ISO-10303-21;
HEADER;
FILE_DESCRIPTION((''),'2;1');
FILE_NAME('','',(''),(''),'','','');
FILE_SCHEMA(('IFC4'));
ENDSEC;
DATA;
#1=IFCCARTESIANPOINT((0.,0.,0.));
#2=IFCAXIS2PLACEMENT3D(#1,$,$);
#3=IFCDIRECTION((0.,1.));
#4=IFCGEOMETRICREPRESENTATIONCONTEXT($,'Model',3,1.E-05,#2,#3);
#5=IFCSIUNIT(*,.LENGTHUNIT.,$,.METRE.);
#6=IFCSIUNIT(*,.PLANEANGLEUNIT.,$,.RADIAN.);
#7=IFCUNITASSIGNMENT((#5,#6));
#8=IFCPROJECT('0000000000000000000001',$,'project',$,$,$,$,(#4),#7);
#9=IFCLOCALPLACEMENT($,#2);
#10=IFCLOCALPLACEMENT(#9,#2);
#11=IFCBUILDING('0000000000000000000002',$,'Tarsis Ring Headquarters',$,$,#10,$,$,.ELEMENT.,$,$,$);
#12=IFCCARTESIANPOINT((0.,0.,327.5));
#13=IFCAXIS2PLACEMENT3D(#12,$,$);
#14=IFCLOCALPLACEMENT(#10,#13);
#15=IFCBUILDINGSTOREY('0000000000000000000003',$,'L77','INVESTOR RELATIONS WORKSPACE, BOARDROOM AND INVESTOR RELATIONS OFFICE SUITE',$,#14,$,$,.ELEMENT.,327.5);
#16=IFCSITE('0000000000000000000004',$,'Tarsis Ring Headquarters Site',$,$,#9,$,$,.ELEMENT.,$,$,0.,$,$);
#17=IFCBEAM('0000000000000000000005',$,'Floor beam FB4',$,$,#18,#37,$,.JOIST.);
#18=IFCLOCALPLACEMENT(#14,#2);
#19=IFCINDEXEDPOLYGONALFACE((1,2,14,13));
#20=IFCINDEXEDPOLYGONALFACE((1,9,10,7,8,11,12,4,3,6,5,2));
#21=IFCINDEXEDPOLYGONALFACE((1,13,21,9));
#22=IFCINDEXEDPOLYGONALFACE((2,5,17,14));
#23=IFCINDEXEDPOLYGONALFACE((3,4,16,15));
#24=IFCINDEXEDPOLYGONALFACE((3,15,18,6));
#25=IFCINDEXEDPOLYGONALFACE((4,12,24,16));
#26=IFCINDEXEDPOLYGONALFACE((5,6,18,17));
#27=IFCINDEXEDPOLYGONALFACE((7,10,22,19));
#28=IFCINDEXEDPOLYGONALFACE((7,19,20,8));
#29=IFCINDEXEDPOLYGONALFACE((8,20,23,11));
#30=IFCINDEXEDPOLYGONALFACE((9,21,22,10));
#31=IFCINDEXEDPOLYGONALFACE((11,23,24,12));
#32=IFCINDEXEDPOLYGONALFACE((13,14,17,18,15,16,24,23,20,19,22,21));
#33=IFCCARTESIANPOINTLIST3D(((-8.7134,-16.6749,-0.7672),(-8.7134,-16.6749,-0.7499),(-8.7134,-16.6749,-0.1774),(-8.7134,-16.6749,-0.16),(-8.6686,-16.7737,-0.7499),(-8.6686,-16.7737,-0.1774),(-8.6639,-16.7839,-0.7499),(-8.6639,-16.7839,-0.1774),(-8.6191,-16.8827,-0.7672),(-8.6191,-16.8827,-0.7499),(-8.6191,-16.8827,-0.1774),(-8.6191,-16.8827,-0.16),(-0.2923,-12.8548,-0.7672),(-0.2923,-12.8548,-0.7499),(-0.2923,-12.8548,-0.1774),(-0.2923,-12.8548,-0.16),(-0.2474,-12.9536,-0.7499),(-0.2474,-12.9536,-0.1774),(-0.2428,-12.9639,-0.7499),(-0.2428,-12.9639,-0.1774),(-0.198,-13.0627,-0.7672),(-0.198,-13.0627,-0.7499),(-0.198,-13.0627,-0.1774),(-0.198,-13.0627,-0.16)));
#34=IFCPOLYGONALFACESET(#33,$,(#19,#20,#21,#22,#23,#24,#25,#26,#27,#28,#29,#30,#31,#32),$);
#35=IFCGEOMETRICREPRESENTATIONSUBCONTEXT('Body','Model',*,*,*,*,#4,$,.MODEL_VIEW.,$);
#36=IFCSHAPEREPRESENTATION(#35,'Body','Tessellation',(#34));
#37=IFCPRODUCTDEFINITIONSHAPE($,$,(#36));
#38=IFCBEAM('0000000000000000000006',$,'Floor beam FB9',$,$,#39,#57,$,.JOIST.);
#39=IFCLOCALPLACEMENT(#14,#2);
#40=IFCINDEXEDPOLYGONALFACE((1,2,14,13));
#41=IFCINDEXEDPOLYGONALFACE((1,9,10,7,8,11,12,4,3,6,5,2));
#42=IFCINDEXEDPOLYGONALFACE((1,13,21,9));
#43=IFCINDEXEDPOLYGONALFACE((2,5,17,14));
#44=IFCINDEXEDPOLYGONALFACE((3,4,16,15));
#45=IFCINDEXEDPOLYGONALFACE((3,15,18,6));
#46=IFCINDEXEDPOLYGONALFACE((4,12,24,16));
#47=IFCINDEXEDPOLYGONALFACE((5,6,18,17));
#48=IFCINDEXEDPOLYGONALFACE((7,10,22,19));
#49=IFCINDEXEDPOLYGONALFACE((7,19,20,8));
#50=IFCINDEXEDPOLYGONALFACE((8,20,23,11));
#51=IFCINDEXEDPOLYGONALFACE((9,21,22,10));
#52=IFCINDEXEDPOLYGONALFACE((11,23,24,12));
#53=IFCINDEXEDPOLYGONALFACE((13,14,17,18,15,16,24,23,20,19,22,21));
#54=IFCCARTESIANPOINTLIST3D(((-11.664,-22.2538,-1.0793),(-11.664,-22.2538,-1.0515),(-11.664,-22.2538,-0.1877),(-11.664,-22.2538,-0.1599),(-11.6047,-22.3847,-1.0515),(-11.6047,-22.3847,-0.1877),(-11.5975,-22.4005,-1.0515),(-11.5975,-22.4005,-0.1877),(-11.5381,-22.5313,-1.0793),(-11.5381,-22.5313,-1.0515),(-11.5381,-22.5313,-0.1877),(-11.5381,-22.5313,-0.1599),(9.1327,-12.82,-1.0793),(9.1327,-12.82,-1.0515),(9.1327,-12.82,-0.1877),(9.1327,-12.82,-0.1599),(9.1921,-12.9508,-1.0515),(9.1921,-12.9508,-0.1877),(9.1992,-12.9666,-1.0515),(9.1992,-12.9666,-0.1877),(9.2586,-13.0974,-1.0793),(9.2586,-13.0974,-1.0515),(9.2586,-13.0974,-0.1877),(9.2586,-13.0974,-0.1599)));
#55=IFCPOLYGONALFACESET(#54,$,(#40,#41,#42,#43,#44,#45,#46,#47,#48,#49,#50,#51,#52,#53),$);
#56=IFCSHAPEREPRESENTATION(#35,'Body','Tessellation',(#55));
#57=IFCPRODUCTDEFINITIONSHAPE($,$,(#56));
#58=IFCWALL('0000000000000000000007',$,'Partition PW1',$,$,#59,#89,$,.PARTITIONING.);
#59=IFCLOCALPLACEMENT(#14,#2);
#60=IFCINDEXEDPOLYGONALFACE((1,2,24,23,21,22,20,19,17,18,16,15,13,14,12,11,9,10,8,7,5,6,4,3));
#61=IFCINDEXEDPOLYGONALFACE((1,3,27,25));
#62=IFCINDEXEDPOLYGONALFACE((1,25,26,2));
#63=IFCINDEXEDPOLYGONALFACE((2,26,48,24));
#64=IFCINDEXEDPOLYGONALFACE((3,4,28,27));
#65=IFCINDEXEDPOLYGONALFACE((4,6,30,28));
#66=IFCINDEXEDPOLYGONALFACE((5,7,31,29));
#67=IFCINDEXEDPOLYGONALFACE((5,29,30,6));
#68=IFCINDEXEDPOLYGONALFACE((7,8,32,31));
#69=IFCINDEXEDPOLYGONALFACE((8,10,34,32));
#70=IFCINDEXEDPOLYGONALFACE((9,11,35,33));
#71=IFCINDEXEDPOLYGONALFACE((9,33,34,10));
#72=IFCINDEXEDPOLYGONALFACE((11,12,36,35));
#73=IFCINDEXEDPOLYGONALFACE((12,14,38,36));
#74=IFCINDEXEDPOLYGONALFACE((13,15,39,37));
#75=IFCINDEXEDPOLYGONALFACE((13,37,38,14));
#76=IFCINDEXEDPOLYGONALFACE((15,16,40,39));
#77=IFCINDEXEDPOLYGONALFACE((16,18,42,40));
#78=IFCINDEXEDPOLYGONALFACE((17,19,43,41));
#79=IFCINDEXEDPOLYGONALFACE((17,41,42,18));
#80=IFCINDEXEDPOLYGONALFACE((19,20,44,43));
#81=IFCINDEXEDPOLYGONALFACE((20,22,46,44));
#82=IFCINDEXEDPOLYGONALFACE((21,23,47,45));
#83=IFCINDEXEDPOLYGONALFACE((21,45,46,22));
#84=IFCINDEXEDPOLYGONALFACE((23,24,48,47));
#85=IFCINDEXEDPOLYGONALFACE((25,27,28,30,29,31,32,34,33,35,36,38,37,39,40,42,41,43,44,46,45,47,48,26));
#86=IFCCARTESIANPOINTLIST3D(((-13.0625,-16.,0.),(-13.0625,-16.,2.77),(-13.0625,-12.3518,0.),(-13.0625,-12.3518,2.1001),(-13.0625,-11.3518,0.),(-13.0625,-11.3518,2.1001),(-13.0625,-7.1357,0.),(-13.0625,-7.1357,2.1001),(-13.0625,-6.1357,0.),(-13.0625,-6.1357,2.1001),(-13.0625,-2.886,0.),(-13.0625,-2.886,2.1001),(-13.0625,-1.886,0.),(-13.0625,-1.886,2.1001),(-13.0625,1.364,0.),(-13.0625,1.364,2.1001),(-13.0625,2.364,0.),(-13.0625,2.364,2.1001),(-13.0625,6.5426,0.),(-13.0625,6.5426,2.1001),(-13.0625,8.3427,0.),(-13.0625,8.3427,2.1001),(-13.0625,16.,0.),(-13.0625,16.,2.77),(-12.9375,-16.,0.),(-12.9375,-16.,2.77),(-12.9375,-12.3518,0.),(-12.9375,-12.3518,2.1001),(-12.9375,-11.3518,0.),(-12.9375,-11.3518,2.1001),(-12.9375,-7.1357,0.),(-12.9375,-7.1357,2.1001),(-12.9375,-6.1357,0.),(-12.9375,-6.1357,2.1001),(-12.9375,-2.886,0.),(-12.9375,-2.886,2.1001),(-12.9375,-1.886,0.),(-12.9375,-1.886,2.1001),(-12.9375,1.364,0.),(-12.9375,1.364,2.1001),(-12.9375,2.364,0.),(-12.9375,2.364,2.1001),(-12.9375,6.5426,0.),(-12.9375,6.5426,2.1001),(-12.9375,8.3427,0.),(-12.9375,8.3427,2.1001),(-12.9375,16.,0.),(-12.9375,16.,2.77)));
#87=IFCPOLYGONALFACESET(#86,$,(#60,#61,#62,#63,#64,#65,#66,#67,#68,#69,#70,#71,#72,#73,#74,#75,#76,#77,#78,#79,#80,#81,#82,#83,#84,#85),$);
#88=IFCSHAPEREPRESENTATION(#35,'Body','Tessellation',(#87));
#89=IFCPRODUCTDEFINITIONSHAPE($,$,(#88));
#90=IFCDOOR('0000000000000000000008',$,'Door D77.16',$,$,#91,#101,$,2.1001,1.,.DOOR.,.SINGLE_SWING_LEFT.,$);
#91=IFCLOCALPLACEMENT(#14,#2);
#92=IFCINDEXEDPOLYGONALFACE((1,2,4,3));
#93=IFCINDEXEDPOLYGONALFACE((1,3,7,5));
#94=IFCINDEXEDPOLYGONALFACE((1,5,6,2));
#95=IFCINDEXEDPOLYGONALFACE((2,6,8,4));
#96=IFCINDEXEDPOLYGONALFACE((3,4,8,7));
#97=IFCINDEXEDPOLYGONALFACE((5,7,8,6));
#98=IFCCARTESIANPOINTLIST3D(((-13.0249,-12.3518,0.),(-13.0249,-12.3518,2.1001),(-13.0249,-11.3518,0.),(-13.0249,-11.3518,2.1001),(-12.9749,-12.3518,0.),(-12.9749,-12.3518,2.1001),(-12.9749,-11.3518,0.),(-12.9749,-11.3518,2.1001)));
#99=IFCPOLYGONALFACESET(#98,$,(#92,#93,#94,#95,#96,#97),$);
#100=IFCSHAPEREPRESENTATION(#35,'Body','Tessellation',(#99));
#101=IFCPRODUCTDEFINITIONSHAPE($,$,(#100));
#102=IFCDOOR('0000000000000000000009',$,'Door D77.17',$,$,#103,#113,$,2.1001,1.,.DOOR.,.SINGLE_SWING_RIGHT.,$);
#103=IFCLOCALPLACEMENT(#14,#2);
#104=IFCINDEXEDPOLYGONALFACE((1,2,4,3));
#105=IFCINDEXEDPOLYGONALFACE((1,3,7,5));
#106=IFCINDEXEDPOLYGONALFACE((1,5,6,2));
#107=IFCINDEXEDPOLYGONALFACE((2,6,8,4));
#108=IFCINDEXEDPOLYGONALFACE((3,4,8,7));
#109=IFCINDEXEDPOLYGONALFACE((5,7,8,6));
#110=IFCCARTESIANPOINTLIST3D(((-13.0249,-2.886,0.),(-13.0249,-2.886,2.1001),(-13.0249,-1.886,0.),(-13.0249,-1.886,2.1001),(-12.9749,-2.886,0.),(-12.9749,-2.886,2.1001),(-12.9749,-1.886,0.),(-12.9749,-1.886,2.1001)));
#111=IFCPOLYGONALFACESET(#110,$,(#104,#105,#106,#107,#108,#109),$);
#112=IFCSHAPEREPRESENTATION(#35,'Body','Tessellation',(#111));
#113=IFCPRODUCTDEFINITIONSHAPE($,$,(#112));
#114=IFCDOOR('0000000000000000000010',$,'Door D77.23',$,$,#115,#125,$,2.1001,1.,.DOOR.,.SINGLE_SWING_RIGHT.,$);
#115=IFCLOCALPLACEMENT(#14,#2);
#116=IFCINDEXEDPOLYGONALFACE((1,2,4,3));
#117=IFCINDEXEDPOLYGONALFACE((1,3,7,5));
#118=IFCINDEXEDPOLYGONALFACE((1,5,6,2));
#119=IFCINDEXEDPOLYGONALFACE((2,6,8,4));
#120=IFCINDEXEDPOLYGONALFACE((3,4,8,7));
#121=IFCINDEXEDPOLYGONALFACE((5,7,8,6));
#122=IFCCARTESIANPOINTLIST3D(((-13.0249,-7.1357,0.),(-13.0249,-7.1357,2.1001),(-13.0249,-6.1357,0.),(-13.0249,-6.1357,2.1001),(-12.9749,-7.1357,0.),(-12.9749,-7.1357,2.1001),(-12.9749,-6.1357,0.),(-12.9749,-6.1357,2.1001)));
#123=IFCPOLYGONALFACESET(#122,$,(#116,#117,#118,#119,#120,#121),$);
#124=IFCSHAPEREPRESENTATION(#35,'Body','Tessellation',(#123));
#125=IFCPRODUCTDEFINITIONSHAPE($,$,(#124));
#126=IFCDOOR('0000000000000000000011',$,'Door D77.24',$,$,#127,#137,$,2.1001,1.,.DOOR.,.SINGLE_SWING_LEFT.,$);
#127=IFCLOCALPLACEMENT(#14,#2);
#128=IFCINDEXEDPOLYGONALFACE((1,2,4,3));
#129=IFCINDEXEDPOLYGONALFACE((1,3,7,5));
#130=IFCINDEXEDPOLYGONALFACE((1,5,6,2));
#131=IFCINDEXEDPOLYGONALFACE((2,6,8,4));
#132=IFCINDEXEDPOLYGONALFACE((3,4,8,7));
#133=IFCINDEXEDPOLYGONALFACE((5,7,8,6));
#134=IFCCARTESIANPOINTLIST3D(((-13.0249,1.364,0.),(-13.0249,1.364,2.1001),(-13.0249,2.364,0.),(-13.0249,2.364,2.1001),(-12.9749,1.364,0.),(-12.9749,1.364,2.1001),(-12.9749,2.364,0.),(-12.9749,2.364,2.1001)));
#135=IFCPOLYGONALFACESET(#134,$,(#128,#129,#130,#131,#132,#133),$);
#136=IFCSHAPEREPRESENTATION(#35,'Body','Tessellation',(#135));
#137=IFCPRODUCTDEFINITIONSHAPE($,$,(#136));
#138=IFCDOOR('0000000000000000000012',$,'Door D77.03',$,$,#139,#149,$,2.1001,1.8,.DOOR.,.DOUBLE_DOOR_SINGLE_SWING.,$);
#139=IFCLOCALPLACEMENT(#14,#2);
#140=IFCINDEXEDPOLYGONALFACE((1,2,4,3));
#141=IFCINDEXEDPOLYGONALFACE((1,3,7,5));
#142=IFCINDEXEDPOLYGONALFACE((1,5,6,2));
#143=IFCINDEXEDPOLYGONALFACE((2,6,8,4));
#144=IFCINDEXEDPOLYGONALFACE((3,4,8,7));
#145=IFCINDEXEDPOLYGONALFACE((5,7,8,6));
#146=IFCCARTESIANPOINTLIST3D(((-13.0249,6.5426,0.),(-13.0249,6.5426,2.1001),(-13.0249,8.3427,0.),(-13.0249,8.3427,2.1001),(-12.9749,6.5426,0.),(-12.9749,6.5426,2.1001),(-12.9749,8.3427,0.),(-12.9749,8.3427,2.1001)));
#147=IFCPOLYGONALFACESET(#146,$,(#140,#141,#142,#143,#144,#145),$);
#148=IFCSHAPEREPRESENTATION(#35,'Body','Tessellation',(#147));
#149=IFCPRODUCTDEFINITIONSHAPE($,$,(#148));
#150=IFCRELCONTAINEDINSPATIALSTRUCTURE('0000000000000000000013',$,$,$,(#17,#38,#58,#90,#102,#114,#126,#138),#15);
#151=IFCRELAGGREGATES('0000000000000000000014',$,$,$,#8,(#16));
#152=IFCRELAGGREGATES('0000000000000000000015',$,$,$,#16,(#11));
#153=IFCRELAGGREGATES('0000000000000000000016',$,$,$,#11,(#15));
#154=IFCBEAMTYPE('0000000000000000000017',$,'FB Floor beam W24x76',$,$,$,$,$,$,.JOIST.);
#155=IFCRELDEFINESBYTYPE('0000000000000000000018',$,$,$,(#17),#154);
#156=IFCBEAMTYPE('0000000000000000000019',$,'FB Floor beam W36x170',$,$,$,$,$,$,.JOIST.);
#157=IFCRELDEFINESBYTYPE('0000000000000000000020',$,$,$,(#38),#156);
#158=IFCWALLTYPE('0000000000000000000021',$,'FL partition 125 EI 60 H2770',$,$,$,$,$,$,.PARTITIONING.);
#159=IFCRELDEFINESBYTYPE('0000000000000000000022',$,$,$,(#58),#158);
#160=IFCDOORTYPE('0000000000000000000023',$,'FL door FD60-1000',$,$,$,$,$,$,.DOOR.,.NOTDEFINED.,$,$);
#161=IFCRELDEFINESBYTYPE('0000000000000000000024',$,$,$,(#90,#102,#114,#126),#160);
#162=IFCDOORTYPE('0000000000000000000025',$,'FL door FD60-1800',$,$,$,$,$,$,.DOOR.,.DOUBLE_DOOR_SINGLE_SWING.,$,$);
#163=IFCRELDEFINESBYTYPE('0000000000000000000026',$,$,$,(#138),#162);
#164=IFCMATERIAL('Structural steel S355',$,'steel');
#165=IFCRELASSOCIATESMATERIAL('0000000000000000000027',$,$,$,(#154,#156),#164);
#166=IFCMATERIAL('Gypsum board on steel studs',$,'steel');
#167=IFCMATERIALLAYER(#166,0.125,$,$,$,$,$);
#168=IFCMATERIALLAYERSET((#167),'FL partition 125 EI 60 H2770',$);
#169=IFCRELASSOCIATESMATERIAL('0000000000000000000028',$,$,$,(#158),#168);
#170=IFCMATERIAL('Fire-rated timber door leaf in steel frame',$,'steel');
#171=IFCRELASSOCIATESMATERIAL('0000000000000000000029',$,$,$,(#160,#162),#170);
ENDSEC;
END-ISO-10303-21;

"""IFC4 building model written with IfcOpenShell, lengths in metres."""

from ifc_helpers import new_model, si_unit, direction, frame, frame_2d, origin, origin_2d, place, context, subcontext, project, spatial, rectangle, i_section, extrude, material, layer, layer_set, material_profile, profile_set, type_object, element, fill, save


model = new_model("IFC4")

# Units and contexts
model_context = context("Model", 3, precision=1e-05, world=origin(), true_north=direction((0.0, 1.0)))
body_context = subcontext(model_context, "Body", "Model", "MODEL_VIEW")
ifc_project = project(units=[si_unit("LENGTHUNIT", "METRE"), si_unit("PLANEANGLEUNIT", "RADIAN")], contexts=[model_context])

# Site, building, storey
site_placement = place(None, origin())
site = spatial("IfcSite", under=ifc_project, at=site_placement, Name="Tarsis Ring Headquarters Site", CompositionType="ELEMENT", RefElevation=0.0)
building_placement = place(site_placement, origin())
building = spatial("IfcBuilding", under=site, at=building_placement, Name="Tarsis Ring Headquarters", CompositionType="ELEMENT")
storey_placement = place(building_placement, frame((0.0, 0.0, 327.5)))
storey = spatial("IfcBuildingStorey", under=building, at=storey_placement, Name="L77", Description="INVESTOR RELATIONS WORKSPACE, BOARDROOM AND INVESTOR RELATIONS OFFICE SUITE", CompositionType="ELEMENT", Elevation=327.5)

# Beams
ifc_material_1 = material(Name="Structural steel S355", Category="steel")
ifc_material_profile_1 = material_profile(ifc_material_1, i_section(OverallWidth=0.2283, OverallDepth=0.6072, WebThickness=0.0112, FlangeThickness=0.0173, at=origin_2d()), Name="W24x76")
ifc_profile_set_1 = profile_set([ifc_material_profile_1], Name="Structural steel S355")
beam_type_1 = type_object("IfcBeamType", Name="FB Floor beam W24x76", PredefinedType="JOIST", material=ifc_profile_set_1)
beam_1_placement = place(storey_placement, frame((-8.6663, -16.7788, -0.4636), z_axis=(0.910681, 0.413111, 0.0), x_axis=(-0.413111, 0.910681, 0.0)))
element("IfcBeam", 1, at=beam_1_placement, inside=storey, type_object=beam_type_1, Name="Floor beam FB4", PredefinedType="JOIST", context=body_context, shape_type="SweptSolid", body=[
    extrude(i_section(OverallWidth=0.2283, OverallDepth=0.6072, WebThickness=0.0112, FlangeThickness=0.0173, at=origin_2d()), origin(), (0.0, 0.0, 1.0), 9.2471),
])
ifc_material_profile_2 = material_profile(ifc_material_1, i_section(OverallWidth=0.3047, OverallDepth=0.9194, WebThickness=0.0173, FlangeThickness=0.0278, at=origin_2d()), Name="W36x170")
ifc_profile_set_2 = profile_set([ifc_material_profile_2], Name="Structural steel S355")
beam_type_2 = type_object("IfcBeamType", Name="FB Floor beam W36x170", PredefinedType="JOIST", material=ifc_profile_set_2)
beam_2_placement = place(storey_placement, frame((-11.6011, -22.3926, -0.6196), z_axis=(0.910683, 0.413107, 0.0), x_axis=(-0.413107, 0.910683, 0.0)))
element("IfcBeam", 2, at=beam_2_placement, inside=storey, type_object=beam_type_2, Name="Floor beam FB9", PredefinedType="JOIST", context=body_context, shape_type="SweptSolid", body=[
    extrude(i_section(OverallWidth=0.3047, OverallDepth=0.9194, WebThickness=0.0173, FlangeThickness=0.0278, at=origin_2d()), origin(), (0.0, 0.0, 1.0), 22.8364),
])

# Wall, openings, doors
ifc_material_2 = material(Name="Gypsum board on steel studs", Category="steel")
ifc_layer = layer(ifc_material_2, 0.125)
ifc_layer_set = layer_set([ifc_layer], Name="FL partition 125 EI 60 H2770")
wall_type = type_object("IfcWallType", Name="FL partition 125 EI 60 H2770", PredefinedType="PARTITIONING", material=ifc_layer_set)
wall_1_placement = place(storey_placement, frame((-13.0, -16.0, 0.0), z_axis=(0.0, 0.0, 1.0), x_axis=(0.0, 1.0, 0.0)))
wall_1 = element("IfcWall", 3, at=wall_1_placement, inside=storey, type_object=wall_type, Name="Partition PW1", PredefinedType="PARTITIONING", context=body_context, shape_type="SweptSolid", body=[
    extrude(rectangle(XDim=32.0, YDim=0.125, at=frame_2d((16.0, 0.0))), origin(), (0.0, 0.0, 1.0), 2.77),
])
opening_1_placement = place(wall_1_placement, frame((22.5427, 0.0, 0.0)))
opening_1 = element("IfcOpeningElement", 4, at=opening_1_placement, cuts=wall_1, PredefinedType="OPENING", context=body_context, shape_type="SweptSolid", body=[
    extrude(rectangle(XDim=1.8, YDim=2.1001, at=frame_2d((0.8999, 1.05))), frame((0.0, 0.0725, 0.0), z_axis=(0.0, -1.0, 0.0), x_axis=(1.0, 0.0, 0.0)), (0.0, 0.0, 1.0), 0.145),
])
opening_2_placement = place(wall_1_placement, frame((3.6482, 0.0, 0.0)))
opening_2 = element("IfcOpeningElement", 5, at=opening_2_placement, cuts=wall_1, PredefinedType="OPENING", context=body_context, shape_type="SweptSolid", body=[
    extrude(rectangle(XDim=1.0, YDim=2.1001, at=frame_2d((0.5, 1.05))), frame((0.0, 0.0725, 0.0), z_axis=(0.0, -1.0, 0.0), x_axis=(1.0, 0.0, 0.0)), (0.0, 0.0, 1.0), 0.145),
])
opening_3_placement = place(wall_1_placement, frame((13.114, 0.0, 0.0)))
opening_3 = element("IfcOpeningElement", 6, at=opening_3_placement, cuts=wall_1, PredefinedType="OPENING", context=body_context, shape_type="SweptSolid", body=[
    extrude(rectangle(XDim=1.0, YDim=2.1001, at=frame_2d((0.5, 1.05))), frame((0.0, 0.0725, 0.0), z_axis=(0.0, -1.0, 0.0), x_axis=(1.0, 0.0, 0.0)), (0.0, 0.0, 1.0), 0.145),
])
opening_4_placement = place(wall_1_placement, frame((8.8643, 0.0, 0.0)))
opening_4 = element("IfcOpeningElement", 7, at=opening_4_placement, cuts=wall_1, PredefinedType="OPENING", context=body_context, shape_type="SweptSolid", body=[
    extrude(rectangle(XDim=1.0, YDim=2.1001, at=frame_2d((0.5, 1.05))), frame((0.0, 0.0725, 0.0), z_axis=(0.0, -1.0, 0.0), x_axis=(1.0, 0.0, 0.0)), (0.0, 0.0, 1.0), 0.145),
])
opening_5_placement = place(wall_1_placement, frame((17.364, 0.0, 0.0)))
opening_5 = element("IfcOpeningElement", 8, at=opening_5_placement, cuts=wall_1, PredefinedType="OPENING", context=body_context, shape_type="SweptSolid", body=[
    extrude(rectangle(XDim=1.0, YDim=2.1001, at=frame_2d((0.5, 1.05))), frame((0.0, 0.0725, 0.0), z_axis=(0.0, -1.0, 0.0), x_axis=(1.0, 0.0, 0.0)), (0.0, 0.0, 1.0), 0.145),
])
ifc_material_3 = material(Name="Fire-rated timber door leaf in steel frame", Category="steel")
door_type_1 = type_object("IfcDoorType", Name="FL door FD60-1000", OperationType="NOTDEFINED", PredefinedType="DOOR", material=ifc_material_3)
door_1_placement = place(opening_2_placement, origin())
door_1 = element("IfcDoor", 9, at=door_1_placement, inside=storey, type_object=door_type_1, Name="Door D77.16", OperationType="SINGLE_SWING_LEFT", OverallHeight=2.1001, OverallWidth=1.0, PredefinedType="DOOR", context=body_context, shape_type="SweptSolid", body=[
    extrude(rectangle(XDim=1.0, YDim=2.1001, at=frame_2d((0.5, 1.05))), frame((0.0, 0.0249, 0.0), z_axis=(0.0, -1.0, 0.0), x_axis=(1.0, 0.0, 0.0)), (0.0, 0.0, 1.0), 0.05),
])
fill(opening_2, door_1)
door_2_placement = place(opening_3_placement, origin())
door_2 = element("IfcDoor", 10, at=door_2_placement, inside=storey, type_object=door_type_1, Name="Door D77.17", OperationType="SINGLE_SWING_RIGHT", OverallHeight=2.1001, OverallWidth=1.0, PredefinedType="DOOR", context=body_context, shape_type="SweptSolid", body=[
    extrude(rectangle(XDim=1.0, YDim=2.1001, at=frame_2d((0.5, 1.05))), frame((0.0, 0.0249, 0.0), z_axis=(0.0, -1.0, 0.0), x_axis=(1.0, 0.0, 0.0)), (0.0, 0.0, 1.0), 0.05),
])
fill(opening_3, door_2)
door_3_placement = place(opening_4_placement, origin())
door_3 = element("IfcDoor", 11, at=door_3_placement, inside=storey, type_object=door_type_1, Name="Door D77.23", OperationType="SINGLE_SWING_RIGHT", OverallHeight=2.1001, OverallWidth=1.0, PredefinedType="DOOR", context=body_context, shape_type="SweptSolid", body=[
    extrude(rectangle(XDim=1.0, YDim=2.1001, at=frame_2d((0.5, 1.05))), frame((0.0, 0.0249, 0.0), z_axis=(0.0, -1.0, 0.0), x_axis=(1.0, 0.0, 0.0)), (0.0, 0.0, 1.0), 0.05),
])
fill(opening_4, door_3)
door_4_placement = place(opening_5_placement, origin())
door_4 = element("IfcDoor", 12, at=door_4_placement, inside=storey, type_object=door_type_1, Name="Door D77.24", OperationType="SINGLE_SWING_LEFT", OverallHeight=2.1001, OverallWidth=1.0, PredefinedType="DOOR", context=body_context, shape_type="SweptSolid", body=[
    extrude(rectangle(XDim=1.0, YDim=2.1001, at=frame_2d((0.5, 1.05))), frame((0.0, 0.0249, 0.0), z_axis=(0.0, -1.0, 0.0), x_axis=(1.0, 0.0, 0.0)), (0.0, 0.0, 1.0), 0.05),
])
fill(opening_5, door_4)
door_type_2 = type_object("IfcDoorType", Name="FL door FD60-1800", OperationType="DOUBLE_DOOR_SINGLE_SWING", PredefinedType="DOOR", material=ifc_material_3)
door_5_placement = place(opening_1_placement, origin())
door_5 = element("IfcDoor", 13, at=door_5_placement, inside=storey, type_object=door_type_2, Name="Door D77.03", OperationType="DOUBLE_DOOR_SINGLE_SWING", OverallHeight=2.1001, OverallWidth=1.8, PredefinedType="DOOR", context=body_context, shape_type="SweptSolid", body=[
    extrude(rectangle(XDim=1.8, YDim=2.1001, at=frame_2d((0.8999, 1.05))), frame((0.0, 0.0249, 0.0), z_axis=(0.0, -1.0, 0.0), x_axis=(1.0, 0.0, 0.0)), (0.0, 0.0, 1.0), 0.05),
])
fill(opening_1, door_5)

save(model, "model.ifc")
